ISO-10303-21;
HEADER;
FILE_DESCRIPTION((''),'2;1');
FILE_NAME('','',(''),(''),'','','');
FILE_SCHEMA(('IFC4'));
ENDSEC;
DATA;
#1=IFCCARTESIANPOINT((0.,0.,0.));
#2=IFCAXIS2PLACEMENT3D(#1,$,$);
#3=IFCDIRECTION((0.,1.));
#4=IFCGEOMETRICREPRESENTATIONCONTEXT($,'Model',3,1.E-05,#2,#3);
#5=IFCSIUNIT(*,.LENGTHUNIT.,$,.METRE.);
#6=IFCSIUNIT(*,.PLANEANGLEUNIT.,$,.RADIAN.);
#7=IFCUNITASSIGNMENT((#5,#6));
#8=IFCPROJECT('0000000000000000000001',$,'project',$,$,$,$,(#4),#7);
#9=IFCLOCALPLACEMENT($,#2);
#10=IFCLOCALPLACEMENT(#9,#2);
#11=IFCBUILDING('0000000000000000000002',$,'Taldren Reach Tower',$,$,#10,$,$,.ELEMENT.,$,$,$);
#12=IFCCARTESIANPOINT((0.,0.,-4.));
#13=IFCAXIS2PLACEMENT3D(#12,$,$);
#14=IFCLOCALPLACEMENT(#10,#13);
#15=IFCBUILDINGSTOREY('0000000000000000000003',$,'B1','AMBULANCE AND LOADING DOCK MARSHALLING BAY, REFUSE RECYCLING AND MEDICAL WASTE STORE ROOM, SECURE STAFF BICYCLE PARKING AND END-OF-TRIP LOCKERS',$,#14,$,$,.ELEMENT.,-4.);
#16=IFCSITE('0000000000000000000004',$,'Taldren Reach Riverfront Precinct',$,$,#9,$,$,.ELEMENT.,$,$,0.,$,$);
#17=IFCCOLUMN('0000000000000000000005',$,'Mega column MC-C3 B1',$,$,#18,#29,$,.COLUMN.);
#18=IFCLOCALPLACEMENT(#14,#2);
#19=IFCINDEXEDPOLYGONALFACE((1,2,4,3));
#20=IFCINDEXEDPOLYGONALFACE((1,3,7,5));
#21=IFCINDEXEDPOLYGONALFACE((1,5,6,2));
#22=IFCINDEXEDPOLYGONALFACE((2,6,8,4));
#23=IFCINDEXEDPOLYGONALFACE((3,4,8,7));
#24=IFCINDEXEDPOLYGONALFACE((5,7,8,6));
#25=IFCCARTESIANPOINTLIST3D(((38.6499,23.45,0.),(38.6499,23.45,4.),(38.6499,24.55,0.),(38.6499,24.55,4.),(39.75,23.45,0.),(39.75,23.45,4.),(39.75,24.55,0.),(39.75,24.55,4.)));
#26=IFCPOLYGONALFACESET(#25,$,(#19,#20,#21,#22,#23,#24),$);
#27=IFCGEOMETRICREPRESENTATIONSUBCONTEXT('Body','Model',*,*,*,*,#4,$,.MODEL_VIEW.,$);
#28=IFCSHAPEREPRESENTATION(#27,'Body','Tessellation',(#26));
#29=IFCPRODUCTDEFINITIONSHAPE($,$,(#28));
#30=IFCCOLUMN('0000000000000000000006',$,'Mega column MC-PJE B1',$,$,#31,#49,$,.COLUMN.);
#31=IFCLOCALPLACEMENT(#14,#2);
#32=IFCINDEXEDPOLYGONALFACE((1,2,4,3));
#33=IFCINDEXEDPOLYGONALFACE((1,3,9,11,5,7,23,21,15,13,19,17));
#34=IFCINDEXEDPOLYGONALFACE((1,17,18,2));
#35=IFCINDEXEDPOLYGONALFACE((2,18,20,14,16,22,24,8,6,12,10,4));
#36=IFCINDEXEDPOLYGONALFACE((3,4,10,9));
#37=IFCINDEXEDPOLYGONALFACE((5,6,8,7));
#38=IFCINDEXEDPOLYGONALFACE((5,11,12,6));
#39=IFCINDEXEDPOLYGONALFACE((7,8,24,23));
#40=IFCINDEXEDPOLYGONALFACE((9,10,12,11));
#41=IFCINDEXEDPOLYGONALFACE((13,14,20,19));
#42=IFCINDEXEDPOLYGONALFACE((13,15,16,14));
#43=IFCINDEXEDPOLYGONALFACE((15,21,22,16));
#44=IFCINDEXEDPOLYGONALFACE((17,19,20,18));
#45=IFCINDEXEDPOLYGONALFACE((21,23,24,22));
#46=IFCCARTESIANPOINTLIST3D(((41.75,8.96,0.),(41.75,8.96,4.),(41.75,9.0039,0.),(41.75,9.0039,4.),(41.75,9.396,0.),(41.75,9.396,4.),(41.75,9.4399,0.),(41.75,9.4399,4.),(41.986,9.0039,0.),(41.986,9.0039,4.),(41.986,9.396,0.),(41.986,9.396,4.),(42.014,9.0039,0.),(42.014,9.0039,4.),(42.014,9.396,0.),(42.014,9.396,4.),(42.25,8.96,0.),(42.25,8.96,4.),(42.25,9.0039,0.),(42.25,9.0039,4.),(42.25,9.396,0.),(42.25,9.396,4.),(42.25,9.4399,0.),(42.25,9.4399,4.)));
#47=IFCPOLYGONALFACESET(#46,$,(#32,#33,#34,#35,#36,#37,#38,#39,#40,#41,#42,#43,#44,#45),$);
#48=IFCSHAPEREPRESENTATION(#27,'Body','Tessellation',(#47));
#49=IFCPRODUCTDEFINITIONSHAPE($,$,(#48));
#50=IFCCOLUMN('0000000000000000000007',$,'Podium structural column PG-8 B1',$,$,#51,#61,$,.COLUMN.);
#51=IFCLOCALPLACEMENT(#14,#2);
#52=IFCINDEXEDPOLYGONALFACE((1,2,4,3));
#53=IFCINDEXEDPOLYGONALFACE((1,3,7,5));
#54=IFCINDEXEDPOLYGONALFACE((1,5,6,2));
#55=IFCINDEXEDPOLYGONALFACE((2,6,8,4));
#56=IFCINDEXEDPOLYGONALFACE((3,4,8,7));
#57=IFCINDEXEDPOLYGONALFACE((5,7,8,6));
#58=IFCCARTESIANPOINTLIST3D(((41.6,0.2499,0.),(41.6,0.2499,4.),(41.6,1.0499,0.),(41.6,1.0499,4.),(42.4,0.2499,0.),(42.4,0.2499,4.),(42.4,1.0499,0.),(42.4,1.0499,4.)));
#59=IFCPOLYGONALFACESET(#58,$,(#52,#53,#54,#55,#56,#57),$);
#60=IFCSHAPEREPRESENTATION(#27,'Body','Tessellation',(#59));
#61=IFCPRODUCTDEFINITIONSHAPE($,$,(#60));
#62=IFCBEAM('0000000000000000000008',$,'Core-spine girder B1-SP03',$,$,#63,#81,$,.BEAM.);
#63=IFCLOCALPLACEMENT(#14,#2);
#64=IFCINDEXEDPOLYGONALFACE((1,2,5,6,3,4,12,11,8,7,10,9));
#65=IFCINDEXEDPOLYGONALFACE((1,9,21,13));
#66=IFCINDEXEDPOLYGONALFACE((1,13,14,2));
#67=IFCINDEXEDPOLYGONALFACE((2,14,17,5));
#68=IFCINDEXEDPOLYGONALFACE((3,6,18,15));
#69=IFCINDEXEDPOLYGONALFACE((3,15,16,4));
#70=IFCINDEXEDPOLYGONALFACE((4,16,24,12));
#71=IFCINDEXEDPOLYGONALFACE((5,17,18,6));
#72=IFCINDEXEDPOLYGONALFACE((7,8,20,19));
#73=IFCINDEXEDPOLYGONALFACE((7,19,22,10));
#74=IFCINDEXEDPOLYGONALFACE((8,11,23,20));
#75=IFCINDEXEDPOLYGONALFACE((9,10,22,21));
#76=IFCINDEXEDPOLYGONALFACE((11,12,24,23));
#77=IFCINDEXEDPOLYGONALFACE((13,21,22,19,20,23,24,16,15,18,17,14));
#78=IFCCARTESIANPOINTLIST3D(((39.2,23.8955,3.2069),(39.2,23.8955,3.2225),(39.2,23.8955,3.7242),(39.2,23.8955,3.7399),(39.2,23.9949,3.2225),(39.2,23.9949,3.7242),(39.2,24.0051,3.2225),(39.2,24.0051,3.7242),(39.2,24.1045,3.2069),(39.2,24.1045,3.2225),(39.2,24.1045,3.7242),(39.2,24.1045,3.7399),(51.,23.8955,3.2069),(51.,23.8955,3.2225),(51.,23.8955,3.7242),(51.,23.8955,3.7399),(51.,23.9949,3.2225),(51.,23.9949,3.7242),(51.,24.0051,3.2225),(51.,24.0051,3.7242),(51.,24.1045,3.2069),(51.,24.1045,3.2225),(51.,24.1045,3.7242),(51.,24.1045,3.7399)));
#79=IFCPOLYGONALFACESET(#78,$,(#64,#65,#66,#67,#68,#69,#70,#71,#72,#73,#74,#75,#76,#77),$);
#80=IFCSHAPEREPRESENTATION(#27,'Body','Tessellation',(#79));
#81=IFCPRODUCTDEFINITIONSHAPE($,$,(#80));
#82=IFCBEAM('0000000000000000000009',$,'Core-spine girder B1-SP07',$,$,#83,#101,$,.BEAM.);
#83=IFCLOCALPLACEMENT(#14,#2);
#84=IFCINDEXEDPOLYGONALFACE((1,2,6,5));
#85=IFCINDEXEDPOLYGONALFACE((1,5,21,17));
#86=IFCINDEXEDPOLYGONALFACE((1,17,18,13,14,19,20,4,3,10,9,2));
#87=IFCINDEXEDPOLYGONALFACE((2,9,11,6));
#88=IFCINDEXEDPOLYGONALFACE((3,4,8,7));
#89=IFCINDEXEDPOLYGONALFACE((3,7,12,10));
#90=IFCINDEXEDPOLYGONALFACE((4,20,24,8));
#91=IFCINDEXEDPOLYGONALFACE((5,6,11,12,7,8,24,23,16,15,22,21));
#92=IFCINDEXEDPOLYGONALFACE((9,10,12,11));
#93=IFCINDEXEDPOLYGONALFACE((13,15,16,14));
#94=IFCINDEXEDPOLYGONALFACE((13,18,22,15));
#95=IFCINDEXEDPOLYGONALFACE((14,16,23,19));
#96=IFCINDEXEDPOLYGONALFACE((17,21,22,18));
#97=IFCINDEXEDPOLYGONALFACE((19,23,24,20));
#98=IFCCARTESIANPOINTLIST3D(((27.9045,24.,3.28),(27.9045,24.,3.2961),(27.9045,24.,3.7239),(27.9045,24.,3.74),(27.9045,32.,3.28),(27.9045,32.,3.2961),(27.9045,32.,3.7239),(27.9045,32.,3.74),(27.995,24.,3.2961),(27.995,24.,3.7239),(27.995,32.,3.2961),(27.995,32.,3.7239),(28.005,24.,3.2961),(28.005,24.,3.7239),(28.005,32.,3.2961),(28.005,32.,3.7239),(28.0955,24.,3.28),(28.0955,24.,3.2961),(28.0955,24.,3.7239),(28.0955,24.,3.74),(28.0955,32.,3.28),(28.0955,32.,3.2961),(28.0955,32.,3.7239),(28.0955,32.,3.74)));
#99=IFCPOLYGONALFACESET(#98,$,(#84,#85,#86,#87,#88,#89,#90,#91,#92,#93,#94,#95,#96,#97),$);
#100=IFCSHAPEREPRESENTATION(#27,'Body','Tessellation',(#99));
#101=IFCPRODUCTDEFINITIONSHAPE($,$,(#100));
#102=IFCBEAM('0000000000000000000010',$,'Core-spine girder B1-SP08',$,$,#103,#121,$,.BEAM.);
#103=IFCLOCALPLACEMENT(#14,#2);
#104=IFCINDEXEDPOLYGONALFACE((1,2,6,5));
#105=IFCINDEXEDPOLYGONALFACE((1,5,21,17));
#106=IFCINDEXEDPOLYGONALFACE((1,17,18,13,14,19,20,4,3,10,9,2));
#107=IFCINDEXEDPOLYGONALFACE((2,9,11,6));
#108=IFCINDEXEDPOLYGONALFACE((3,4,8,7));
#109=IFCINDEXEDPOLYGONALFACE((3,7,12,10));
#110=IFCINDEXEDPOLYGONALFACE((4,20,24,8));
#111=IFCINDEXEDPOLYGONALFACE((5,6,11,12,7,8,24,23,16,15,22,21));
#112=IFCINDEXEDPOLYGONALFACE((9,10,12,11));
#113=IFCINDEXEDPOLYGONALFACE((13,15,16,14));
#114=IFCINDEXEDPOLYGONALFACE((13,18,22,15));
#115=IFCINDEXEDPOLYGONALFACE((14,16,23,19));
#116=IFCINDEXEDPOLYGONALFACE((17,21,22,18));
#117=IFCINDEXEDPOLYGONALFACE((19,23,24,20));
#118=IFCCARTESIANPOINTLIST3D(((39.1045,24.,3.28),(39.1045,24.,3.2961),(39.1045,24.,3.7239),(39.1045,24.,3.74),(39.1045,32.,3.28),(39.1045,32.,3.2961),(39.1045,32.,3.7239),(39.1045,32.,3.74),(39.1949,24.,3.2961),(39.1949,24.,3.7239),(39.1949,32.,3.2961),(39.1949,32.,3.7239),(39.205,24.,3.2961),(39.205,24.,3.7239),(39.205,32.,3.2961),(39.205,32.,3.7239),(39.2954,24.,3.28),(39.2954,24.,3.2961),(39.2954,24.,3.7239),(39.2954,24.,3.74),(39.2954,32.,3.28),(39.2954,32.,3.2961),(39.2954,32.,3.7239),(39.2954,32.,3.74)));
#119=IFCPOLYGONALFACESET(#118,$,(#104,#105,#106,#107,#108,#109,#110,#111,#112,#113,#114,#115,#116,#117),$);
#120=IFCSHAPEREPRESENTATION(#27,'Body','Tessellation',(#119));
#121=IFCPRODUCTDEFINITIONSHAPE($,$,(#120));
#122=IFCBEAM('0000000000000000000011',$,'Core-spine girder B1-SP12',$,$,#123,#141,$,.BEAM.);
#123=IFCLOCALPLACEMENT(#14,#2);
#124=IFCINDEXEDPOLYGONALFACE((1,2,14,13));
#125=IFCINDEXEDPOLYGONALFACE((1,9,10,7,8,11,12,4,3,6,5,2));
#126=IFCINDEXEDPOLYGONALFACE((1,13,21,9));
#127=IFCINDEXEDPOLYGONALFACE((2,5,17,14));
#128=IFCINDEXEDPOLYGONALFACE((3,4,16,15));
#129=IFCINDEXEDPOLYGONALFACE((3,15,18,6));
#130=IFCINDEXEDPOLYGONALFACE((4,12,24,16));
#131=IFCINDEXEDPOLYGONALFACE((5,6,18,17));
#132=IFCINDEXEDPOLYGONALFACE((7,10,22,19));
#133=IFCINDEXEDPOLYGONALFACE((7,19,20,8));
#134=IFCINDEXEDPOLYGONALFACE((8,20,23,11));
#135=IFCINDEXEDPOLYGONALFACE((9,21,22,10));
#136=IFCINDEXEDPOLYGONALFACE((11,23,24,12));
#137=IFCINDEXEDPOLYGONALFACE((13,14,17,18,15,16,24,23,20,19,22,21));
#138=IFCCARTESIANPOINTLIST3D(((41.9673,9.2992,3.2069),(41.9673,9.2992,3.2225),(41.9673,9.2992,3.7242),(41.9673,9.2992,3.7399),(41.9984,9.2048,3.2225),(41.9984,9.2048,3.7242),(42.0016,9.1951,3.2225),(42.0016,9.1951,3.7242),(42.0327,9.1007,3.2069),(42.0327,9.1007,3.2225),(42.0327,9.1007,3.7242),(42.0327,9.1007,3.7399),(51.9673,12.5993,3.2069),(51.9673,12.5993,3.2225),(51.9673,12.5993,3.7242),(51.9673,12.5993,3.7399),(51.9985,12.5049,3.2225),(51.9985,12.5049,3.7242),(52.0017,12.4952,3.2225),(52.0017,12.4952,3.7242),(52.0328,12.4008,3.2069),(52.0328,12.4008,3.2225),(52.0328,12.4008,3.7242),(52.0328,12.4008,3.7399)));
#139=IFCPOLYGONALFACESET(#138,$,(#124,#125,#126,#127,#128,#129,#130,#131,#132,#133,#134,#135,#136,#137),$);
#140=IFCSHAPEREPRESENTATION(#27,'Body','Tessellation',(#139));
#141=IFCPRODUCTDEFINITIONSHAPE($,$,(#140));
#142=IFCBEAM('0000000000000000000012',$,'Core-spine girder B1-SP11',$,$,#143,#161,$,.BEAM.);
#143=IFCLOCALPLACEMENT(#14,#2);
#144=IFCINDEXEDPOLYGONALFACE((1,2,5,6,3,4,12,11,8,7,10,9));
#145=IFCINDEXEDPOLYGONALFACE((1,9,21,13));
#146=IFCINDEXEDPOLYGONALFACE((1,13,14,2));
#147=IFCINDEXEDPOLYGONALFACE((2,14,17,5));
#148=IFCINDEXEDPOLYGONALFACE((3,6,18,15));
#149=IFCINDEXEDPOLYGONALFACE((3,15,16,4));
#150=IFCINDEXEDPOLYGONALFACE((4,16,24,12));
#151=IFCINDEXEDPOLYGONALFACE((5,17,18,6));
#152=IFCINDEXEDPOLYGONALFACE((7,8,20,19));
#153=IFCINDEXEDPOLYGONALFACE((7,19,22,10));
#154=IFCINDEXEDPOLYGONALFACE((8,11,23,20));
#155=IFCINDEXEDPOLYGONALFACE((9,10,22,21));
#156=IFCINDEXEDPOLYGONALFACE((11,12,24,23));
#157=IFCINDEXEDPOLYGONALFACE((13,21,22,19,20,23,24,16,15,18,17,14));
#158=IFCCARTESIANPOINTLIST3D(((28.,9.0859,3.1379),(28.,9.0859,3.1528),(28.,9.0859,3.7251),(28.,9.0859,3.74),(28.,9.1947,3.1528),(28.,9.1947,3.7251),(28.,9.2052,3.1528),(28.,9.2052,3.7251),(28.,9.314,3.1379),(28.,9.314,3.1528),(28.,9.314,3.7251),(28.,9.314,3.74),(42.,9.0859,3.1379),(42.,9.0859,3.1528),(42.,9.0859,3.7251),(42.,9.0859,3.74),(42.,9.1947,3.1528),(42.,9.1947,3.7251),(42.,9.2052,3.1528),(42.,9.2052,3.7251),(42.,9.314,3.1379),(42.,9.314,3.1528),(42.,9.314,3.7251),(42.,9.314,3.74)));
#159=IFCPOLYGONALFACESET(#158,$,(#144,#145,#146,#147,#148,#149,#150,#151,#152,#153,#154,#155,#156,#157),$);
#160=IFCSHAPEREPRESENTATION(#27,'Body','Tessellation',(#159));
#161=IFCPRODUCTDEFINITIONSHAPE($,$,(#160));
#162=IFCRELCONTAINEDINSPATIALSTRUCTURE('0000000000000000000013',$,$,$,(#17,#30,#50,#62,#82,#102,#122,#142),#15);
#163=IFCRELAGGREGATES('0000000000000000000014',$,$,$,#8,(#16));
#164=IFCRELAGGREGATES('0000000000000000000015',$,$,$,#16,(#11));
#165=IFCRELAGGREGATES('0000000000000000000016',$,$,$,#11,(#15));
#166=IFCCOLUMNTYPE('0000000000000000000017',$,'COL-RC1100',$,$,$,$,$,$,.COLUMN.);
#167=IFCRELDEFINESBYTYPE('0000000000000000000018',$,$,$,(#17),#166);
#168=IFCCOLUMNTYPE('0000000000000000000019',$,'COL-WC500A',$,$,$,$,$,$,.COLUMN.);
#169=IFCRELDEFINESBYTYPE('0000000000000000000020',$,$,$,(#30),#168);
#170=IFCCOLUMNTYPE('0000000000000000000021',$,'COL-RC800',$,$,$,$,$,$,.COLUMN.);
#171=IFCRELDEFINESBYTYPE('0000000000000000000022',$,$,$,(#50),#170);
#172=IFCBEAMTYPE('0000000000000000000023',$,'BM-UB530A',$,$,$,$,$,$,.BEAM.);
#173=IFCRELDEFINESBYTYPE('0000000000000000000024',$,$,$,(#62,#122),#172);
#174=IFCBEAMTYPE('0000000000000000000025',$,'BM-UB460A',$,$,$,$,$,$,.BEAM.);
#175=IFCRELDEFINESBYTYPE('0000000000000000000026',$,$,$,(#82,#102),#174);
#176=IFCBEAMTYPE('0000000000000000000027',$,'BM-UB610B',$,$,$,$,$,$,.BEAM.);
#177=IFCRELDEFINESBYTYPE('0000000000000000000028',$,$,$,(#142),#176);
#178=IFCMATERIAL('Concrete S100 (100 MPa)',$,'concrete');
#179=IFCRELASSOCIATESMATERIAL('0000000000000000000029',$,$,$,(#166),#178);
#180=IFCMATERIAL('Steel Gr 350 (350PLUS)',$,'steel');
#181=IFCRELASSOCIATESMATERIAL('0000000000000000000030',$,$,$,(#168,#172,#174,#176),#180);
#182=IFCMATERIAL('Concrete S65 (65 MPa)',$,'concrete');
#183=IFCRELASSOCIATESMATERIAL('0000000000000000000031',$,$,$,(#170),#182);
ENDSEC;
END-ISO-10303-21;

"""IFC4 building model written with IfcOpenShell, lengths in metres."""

from ifc_helpers import new_model, si_unit, direction, frame, origin, origin_2d, place, context, subcontext, project, spatial, rectangle, i_section, extrude, source, transform, mapped, material, material_profile, profile_set, type_object, element, save


model = new_model("IFC4")

# Units and contexts
model_context = context("Model", 3, precision=1e-05, world=origin(), true_north=direction((0.0, 1.0)))
body_context = subcontext(model_context, "Body", "Model", "MODEL_VIEW")
ifc_project = project(units=[si_unit("LENGTHUNIT", "METRE"), si_unit("PLANEANGLEUNIT", "RADIAN")], contexts=[model_context])

# Site, building, storey
site_placement = place(None, origin())
site = spatial("IfcSite", under=ifc_project, at=site_placement, Name="Taldren Reach Riverfront Precinct", CompositionType="ELEMENT", RefElevation=0.0)
building_placement = place(site_placement, origin())
building = spatial("IfcBuilding", under=site, at=building_placement, Name="Taldren Reach Tower", CompositionType="ELEMENT")
storey_placement = place(building_placement, frame((0.0, 0.0, -4.0)))
storey = spatial("IfcBuildingStorey", under=building, at=storey_placement, Name="B1", Description="AMBULANCE AND LOADING DOCK MARSHALLING BAY, REFUSE RECYCLING AND MEDICAL WASTE STORE ROOM, SECURE STAFF BICYCLE PARKING AND END-OF-TRIP LOCKERS", CompositionType="ELEMENT", Elevation=-4.0)

# Columns
ifc_material_1 = material(Name="Concrete S100 (100 MPa)", Category="concrete")
ifc_material_profile_1 = material_profile(ifc_material_1, rectangle(XDim=1.1001, YDim=1.1001, at=origin_2d()), Name="RC-1100x1100")
ifc_profile_set_1 = profile_set([ifc_material_profile_1], Name="Concrete S100 (100 MPa)")
column_type_1 = type_object("IfcColumnType", Name="COL-RC1100", PredefinedType="COLUMN", material=ifc_profile_set_1)
shared_shape_1 = source(origin(), body_context, "Body", "SweptSolid", [
    extrude(rectangle(XDim=1.1001, YDim=1.1001, at=origin_2d()), origin(), (0.0, 0.0, 1.0), 4.0),
])
column_1_placement = place(storey_placement, frame((39.2, 24.0, 0.0), z_axis=(0.0, 0.0, 1.0), x_axis=(1.0, 0.0, 0.0)))
element("IfcColumn", 1, at=column_1_placement, inside=storey, type_object=column_type_1, Name="Mega column MC-C3 B1", PredefinedType="COLUMN", context=body_context, shape_type="MappedRepresentation", body=[
    mapped(shared_shape_1, transform((0.0, 0.0, 0.0), scale=1.0)),
])
ifc_material_2 = material(Name="Steel Gr 350 (350PLUS)", Category="steel")
ifc_material_profile_2 = material_profile(ifc_material_2, i_section(OverallWidth=0.5, OverallDepth=0.48, WebThickness=0.0281, FlangeThickness=0.0439, at=origin_2d()), Name="500WC440")
ifc_profile_set_2 = profile_set([ifc_material_profile_2], Name="Steel Gr 350 (350PLUS)")
column_type_2 = type_object("IfcColumnType", Name="COL-WC500A", PredefinedType="COLUMN", material=ifc_profile_set_2)
shared_shape_2 = source(origin(), body_context, "Body", "SweptSolid", [
    extrude(i_section(OverallWidth=0.5, OverallDepth=0.48, WebThickness=0.0281, FlangeThickness=0.0439, at=origin_2d()), origin(), (0.0, 0.0, 1.0), 4.0),
])
column_2_placement = place(storey_placement, frame((42.0, 9.2, 0.0), z_axis=(0.0, 0.0, 1.0), x_axis=(1.0, 0.0, 0.0)))
element("IfcColumn", 2, at=column_2_placement, inside=storey, type_object=column_type_2, Name="Mega column MC-PJE B1", PredefinedType="COLUMN", context=body_context, shape_type="MappedRepresentation", body=[
    mapped(shared_shape_2, transform((0.0, 0.0, 0.0), scale=1.0)),
])
ifc_material_3 = material(Name="Concrete S65 (65 MPa)", Category="concrete")
ifc_material_profile_3 = material_profile(ifc_material_3, rectangle(XDim=0.8, YDim=0.8, at=origin_2d()), Name="RC-800x800")
ifc_profile_set_3 = profile_set([ifc_material_profile_3], Name="Concrete S65 (65 MPa)")
column_type_3 = type_object("IfcColumnType", Name="COL-RC800", PredefinedType="COLUMN", material=ifc_profile_set_3)
shared_shape_3 = source(origin(), body_context, "Body", "SweptSolid", [
    extrude(rectangle(XDim=0.8, YDim=0.8, at=origin_2d()), origin(), (0.0, 0.0, 1.0), 4.0),
])
column_3_placement = place(storey_placement, frame((42.0, 0.6499, 0.0), z_axis=(0.0, 0.0, 1.0), x_axis=(1.0, 0.0, 0.0)))
element("IfcColumn", 3, at=column_3_placement, inside=storey, type_object=column_type_3, Name="Podium structural column PG-8 B1", PredefinedType="COLUMN", context=body_context, shape_type="MappedRepresentation", body=[
    mapped(shared_shape_3, transform((0.0, 0.0, 0.0), scale=1.0)),
])

# Beams
ifc_material_profile_4 = material_profile(ifc_material_2, i_section(OverallWidth=0.209, OverallDepth=0.533, WebThickness=0.0103, FlangeThickness=0.0156, at=origin_2d()), Name="530UB92.4")
ifc_profile_set_4 = profile_set([ifc_material_profile_4], Name="Steel Gr 350 (350PLUS)")
beam_type_1 = type_object("IfcBeamType", Name="BM-UB530A", PredefinedType="BEAM", material=ifc_profile_set_4)
shared_shape_4 = source(origin(), body_context, "Body", "SweptSolid", [
    extrude(i_section(OverallWidth=0.209, OverallDepth=0.533, WebThickness=0.0103, FlangeThickness=0.0156, at=origin_2d()), origin(), (0.0, 0.0, 1.0), 11.8),
])
beam_1_placement = place(storey_placement, frame((39.2, 24.0, 3.4734), z_axis=(1.0, 0.0, 0.0), x_axis=(0.0, 1.0, 0.0)))
element("IfcBeam", 4, at=beam_1_placement, inside=storey, type_object=beam_type_1, Name="Core-spine girder B1-SP03", PredefinedType="BEAM", context=body_context, shape_type="MappedRepresentation", body=[
    mapped(shared_shape_4, transform((0.0, 0.0, 0.0), scale=1.0)),
])
ifc_material_profile_5 = material_profile(ifc_material_2, i_section(OverallWidth=0.1909, OverallDepth=0.46, WebThickness=0.01, FlangeThickness=0.0161, at=origin_2d()), Name="460UB82.1")
ifc_profile_set_5 = profile_set([ifc_material_profile_5], Name="Steel Gr 350 (350PLUS)")
beam_type_2 = type_object("IfcBeamType", Name="BM-UB460A", PredefinedType="BEAM", material=ifc_profile_set_5)
shared_shape_5 = source(origin(), body_context, "Body", "SweptSolid", [
    extrude(i_section(OverallWidth=0.1909, OverallDepth=0.46, WebThickness=0.01, FlangeThickness=0.0161, at=origin_2d()), origin(), (0.0, 0.0, 1.0), 8.0),
])
for number, where, z_axis, x_axis, name in (
    (5, (28.0, 24.0, 3.51), (0.0, 1.0, 0.0), (-1.0, 0.0, 0.0), "Core-spine girder B1-SP07"),
    (6, (39.2, 24.0, 3.51), (0.0, 1.0, 0.0), (-1.0, 0.0, 0.0), "Core-spine girder B1-SP08"),
):
    element("IfcBeam", number, at=place(storey_placement, frame(where, z_axis=z_axis, x_axis=x_axis)), inside=storey, type_object=beam_type_2, Name=name, PredefinedType="BEAM", context=body_context, shape_type="MappedRepresentation", body=[
        mapped(shared_shape_5, transform((0.0, 0.0, 0.0), scale=1.0)),
    ])
shared_shape_6 = source(origin(), body_context, "Body", "SweptSolid", [
    extrude(i_section(OverallWidth=0.209, OverallDepth=0.533, WebThickness=0.0103, FlangeThickness=0.0156, at=origin_2d()), origin(), (0.0, 0.0, 1.0), 10.5305),
])
beam_2_placement = place(storey_placement, frame((42.0, 9.2, 3.4734), z_axis=(0.949627, 0.313382, 0.0), x_axis=(-0.313382, 0.949627, 0.0)))
element("IfcBeam", 7, at=beam_2_placement, inside=storey, type_object=beam_type_1, Name="Core-spine girder B1-SP12", PredefinedType="BEAM", context=body_context, shape_type="MappedRepresentation", body=[
    mapped(shared_shape_6, transform((0.0, 0.0, 0.0), scale=1.0)),
])
ifc_material_profile_6 = material_profile(ifc_material_2, i_section(OverallWidth=0.228, OverallDepth=0.6021, WebThickness=0.0105, FlangeThickness=0.0149, at=origin_2d()), Name="610UB101")
ifc_profile_set_6 = profile_set([ifc_material_profile_6], Name="Steel Gr 350 (350PLUS)")
beam_type_3 = type_object("IfcBeamType", Name="BM-UB610B", PredefinedType="BEAM", material=ifc_profile_set_6)
shared_shape_7 = source(origin(), body_context, "Body", "SweptSolid", [
    extrude(i_section(OverallWidth=0.228, OverallDepth=0.6021, WebThickness=0.0105, FlangeThickness=0.0149, at=origin_2d()), origin(), (0.0, 0.0, 1.0), 14.0),
])
beam_3_placement = place(storey_placement, frame((28.0, 9.2, 3.439), z_axis=(1.0, 0.0, 0.0), x_axis=(0.0, 1.0, 0.0)))
element("IfcBeam", 8, at=beam_3_placement, inside=storey, type_object=beam_type_3, Name="Core-spine girder B1-SP11", PredefinedType="BEAM", context=body_context, shape_type="MappedRepresentation", body=[
    mapped(shared_shape_7, transform((0.0, 0.0, 0.0), scale=1.0)),
])

save(model, "model.ifc")
